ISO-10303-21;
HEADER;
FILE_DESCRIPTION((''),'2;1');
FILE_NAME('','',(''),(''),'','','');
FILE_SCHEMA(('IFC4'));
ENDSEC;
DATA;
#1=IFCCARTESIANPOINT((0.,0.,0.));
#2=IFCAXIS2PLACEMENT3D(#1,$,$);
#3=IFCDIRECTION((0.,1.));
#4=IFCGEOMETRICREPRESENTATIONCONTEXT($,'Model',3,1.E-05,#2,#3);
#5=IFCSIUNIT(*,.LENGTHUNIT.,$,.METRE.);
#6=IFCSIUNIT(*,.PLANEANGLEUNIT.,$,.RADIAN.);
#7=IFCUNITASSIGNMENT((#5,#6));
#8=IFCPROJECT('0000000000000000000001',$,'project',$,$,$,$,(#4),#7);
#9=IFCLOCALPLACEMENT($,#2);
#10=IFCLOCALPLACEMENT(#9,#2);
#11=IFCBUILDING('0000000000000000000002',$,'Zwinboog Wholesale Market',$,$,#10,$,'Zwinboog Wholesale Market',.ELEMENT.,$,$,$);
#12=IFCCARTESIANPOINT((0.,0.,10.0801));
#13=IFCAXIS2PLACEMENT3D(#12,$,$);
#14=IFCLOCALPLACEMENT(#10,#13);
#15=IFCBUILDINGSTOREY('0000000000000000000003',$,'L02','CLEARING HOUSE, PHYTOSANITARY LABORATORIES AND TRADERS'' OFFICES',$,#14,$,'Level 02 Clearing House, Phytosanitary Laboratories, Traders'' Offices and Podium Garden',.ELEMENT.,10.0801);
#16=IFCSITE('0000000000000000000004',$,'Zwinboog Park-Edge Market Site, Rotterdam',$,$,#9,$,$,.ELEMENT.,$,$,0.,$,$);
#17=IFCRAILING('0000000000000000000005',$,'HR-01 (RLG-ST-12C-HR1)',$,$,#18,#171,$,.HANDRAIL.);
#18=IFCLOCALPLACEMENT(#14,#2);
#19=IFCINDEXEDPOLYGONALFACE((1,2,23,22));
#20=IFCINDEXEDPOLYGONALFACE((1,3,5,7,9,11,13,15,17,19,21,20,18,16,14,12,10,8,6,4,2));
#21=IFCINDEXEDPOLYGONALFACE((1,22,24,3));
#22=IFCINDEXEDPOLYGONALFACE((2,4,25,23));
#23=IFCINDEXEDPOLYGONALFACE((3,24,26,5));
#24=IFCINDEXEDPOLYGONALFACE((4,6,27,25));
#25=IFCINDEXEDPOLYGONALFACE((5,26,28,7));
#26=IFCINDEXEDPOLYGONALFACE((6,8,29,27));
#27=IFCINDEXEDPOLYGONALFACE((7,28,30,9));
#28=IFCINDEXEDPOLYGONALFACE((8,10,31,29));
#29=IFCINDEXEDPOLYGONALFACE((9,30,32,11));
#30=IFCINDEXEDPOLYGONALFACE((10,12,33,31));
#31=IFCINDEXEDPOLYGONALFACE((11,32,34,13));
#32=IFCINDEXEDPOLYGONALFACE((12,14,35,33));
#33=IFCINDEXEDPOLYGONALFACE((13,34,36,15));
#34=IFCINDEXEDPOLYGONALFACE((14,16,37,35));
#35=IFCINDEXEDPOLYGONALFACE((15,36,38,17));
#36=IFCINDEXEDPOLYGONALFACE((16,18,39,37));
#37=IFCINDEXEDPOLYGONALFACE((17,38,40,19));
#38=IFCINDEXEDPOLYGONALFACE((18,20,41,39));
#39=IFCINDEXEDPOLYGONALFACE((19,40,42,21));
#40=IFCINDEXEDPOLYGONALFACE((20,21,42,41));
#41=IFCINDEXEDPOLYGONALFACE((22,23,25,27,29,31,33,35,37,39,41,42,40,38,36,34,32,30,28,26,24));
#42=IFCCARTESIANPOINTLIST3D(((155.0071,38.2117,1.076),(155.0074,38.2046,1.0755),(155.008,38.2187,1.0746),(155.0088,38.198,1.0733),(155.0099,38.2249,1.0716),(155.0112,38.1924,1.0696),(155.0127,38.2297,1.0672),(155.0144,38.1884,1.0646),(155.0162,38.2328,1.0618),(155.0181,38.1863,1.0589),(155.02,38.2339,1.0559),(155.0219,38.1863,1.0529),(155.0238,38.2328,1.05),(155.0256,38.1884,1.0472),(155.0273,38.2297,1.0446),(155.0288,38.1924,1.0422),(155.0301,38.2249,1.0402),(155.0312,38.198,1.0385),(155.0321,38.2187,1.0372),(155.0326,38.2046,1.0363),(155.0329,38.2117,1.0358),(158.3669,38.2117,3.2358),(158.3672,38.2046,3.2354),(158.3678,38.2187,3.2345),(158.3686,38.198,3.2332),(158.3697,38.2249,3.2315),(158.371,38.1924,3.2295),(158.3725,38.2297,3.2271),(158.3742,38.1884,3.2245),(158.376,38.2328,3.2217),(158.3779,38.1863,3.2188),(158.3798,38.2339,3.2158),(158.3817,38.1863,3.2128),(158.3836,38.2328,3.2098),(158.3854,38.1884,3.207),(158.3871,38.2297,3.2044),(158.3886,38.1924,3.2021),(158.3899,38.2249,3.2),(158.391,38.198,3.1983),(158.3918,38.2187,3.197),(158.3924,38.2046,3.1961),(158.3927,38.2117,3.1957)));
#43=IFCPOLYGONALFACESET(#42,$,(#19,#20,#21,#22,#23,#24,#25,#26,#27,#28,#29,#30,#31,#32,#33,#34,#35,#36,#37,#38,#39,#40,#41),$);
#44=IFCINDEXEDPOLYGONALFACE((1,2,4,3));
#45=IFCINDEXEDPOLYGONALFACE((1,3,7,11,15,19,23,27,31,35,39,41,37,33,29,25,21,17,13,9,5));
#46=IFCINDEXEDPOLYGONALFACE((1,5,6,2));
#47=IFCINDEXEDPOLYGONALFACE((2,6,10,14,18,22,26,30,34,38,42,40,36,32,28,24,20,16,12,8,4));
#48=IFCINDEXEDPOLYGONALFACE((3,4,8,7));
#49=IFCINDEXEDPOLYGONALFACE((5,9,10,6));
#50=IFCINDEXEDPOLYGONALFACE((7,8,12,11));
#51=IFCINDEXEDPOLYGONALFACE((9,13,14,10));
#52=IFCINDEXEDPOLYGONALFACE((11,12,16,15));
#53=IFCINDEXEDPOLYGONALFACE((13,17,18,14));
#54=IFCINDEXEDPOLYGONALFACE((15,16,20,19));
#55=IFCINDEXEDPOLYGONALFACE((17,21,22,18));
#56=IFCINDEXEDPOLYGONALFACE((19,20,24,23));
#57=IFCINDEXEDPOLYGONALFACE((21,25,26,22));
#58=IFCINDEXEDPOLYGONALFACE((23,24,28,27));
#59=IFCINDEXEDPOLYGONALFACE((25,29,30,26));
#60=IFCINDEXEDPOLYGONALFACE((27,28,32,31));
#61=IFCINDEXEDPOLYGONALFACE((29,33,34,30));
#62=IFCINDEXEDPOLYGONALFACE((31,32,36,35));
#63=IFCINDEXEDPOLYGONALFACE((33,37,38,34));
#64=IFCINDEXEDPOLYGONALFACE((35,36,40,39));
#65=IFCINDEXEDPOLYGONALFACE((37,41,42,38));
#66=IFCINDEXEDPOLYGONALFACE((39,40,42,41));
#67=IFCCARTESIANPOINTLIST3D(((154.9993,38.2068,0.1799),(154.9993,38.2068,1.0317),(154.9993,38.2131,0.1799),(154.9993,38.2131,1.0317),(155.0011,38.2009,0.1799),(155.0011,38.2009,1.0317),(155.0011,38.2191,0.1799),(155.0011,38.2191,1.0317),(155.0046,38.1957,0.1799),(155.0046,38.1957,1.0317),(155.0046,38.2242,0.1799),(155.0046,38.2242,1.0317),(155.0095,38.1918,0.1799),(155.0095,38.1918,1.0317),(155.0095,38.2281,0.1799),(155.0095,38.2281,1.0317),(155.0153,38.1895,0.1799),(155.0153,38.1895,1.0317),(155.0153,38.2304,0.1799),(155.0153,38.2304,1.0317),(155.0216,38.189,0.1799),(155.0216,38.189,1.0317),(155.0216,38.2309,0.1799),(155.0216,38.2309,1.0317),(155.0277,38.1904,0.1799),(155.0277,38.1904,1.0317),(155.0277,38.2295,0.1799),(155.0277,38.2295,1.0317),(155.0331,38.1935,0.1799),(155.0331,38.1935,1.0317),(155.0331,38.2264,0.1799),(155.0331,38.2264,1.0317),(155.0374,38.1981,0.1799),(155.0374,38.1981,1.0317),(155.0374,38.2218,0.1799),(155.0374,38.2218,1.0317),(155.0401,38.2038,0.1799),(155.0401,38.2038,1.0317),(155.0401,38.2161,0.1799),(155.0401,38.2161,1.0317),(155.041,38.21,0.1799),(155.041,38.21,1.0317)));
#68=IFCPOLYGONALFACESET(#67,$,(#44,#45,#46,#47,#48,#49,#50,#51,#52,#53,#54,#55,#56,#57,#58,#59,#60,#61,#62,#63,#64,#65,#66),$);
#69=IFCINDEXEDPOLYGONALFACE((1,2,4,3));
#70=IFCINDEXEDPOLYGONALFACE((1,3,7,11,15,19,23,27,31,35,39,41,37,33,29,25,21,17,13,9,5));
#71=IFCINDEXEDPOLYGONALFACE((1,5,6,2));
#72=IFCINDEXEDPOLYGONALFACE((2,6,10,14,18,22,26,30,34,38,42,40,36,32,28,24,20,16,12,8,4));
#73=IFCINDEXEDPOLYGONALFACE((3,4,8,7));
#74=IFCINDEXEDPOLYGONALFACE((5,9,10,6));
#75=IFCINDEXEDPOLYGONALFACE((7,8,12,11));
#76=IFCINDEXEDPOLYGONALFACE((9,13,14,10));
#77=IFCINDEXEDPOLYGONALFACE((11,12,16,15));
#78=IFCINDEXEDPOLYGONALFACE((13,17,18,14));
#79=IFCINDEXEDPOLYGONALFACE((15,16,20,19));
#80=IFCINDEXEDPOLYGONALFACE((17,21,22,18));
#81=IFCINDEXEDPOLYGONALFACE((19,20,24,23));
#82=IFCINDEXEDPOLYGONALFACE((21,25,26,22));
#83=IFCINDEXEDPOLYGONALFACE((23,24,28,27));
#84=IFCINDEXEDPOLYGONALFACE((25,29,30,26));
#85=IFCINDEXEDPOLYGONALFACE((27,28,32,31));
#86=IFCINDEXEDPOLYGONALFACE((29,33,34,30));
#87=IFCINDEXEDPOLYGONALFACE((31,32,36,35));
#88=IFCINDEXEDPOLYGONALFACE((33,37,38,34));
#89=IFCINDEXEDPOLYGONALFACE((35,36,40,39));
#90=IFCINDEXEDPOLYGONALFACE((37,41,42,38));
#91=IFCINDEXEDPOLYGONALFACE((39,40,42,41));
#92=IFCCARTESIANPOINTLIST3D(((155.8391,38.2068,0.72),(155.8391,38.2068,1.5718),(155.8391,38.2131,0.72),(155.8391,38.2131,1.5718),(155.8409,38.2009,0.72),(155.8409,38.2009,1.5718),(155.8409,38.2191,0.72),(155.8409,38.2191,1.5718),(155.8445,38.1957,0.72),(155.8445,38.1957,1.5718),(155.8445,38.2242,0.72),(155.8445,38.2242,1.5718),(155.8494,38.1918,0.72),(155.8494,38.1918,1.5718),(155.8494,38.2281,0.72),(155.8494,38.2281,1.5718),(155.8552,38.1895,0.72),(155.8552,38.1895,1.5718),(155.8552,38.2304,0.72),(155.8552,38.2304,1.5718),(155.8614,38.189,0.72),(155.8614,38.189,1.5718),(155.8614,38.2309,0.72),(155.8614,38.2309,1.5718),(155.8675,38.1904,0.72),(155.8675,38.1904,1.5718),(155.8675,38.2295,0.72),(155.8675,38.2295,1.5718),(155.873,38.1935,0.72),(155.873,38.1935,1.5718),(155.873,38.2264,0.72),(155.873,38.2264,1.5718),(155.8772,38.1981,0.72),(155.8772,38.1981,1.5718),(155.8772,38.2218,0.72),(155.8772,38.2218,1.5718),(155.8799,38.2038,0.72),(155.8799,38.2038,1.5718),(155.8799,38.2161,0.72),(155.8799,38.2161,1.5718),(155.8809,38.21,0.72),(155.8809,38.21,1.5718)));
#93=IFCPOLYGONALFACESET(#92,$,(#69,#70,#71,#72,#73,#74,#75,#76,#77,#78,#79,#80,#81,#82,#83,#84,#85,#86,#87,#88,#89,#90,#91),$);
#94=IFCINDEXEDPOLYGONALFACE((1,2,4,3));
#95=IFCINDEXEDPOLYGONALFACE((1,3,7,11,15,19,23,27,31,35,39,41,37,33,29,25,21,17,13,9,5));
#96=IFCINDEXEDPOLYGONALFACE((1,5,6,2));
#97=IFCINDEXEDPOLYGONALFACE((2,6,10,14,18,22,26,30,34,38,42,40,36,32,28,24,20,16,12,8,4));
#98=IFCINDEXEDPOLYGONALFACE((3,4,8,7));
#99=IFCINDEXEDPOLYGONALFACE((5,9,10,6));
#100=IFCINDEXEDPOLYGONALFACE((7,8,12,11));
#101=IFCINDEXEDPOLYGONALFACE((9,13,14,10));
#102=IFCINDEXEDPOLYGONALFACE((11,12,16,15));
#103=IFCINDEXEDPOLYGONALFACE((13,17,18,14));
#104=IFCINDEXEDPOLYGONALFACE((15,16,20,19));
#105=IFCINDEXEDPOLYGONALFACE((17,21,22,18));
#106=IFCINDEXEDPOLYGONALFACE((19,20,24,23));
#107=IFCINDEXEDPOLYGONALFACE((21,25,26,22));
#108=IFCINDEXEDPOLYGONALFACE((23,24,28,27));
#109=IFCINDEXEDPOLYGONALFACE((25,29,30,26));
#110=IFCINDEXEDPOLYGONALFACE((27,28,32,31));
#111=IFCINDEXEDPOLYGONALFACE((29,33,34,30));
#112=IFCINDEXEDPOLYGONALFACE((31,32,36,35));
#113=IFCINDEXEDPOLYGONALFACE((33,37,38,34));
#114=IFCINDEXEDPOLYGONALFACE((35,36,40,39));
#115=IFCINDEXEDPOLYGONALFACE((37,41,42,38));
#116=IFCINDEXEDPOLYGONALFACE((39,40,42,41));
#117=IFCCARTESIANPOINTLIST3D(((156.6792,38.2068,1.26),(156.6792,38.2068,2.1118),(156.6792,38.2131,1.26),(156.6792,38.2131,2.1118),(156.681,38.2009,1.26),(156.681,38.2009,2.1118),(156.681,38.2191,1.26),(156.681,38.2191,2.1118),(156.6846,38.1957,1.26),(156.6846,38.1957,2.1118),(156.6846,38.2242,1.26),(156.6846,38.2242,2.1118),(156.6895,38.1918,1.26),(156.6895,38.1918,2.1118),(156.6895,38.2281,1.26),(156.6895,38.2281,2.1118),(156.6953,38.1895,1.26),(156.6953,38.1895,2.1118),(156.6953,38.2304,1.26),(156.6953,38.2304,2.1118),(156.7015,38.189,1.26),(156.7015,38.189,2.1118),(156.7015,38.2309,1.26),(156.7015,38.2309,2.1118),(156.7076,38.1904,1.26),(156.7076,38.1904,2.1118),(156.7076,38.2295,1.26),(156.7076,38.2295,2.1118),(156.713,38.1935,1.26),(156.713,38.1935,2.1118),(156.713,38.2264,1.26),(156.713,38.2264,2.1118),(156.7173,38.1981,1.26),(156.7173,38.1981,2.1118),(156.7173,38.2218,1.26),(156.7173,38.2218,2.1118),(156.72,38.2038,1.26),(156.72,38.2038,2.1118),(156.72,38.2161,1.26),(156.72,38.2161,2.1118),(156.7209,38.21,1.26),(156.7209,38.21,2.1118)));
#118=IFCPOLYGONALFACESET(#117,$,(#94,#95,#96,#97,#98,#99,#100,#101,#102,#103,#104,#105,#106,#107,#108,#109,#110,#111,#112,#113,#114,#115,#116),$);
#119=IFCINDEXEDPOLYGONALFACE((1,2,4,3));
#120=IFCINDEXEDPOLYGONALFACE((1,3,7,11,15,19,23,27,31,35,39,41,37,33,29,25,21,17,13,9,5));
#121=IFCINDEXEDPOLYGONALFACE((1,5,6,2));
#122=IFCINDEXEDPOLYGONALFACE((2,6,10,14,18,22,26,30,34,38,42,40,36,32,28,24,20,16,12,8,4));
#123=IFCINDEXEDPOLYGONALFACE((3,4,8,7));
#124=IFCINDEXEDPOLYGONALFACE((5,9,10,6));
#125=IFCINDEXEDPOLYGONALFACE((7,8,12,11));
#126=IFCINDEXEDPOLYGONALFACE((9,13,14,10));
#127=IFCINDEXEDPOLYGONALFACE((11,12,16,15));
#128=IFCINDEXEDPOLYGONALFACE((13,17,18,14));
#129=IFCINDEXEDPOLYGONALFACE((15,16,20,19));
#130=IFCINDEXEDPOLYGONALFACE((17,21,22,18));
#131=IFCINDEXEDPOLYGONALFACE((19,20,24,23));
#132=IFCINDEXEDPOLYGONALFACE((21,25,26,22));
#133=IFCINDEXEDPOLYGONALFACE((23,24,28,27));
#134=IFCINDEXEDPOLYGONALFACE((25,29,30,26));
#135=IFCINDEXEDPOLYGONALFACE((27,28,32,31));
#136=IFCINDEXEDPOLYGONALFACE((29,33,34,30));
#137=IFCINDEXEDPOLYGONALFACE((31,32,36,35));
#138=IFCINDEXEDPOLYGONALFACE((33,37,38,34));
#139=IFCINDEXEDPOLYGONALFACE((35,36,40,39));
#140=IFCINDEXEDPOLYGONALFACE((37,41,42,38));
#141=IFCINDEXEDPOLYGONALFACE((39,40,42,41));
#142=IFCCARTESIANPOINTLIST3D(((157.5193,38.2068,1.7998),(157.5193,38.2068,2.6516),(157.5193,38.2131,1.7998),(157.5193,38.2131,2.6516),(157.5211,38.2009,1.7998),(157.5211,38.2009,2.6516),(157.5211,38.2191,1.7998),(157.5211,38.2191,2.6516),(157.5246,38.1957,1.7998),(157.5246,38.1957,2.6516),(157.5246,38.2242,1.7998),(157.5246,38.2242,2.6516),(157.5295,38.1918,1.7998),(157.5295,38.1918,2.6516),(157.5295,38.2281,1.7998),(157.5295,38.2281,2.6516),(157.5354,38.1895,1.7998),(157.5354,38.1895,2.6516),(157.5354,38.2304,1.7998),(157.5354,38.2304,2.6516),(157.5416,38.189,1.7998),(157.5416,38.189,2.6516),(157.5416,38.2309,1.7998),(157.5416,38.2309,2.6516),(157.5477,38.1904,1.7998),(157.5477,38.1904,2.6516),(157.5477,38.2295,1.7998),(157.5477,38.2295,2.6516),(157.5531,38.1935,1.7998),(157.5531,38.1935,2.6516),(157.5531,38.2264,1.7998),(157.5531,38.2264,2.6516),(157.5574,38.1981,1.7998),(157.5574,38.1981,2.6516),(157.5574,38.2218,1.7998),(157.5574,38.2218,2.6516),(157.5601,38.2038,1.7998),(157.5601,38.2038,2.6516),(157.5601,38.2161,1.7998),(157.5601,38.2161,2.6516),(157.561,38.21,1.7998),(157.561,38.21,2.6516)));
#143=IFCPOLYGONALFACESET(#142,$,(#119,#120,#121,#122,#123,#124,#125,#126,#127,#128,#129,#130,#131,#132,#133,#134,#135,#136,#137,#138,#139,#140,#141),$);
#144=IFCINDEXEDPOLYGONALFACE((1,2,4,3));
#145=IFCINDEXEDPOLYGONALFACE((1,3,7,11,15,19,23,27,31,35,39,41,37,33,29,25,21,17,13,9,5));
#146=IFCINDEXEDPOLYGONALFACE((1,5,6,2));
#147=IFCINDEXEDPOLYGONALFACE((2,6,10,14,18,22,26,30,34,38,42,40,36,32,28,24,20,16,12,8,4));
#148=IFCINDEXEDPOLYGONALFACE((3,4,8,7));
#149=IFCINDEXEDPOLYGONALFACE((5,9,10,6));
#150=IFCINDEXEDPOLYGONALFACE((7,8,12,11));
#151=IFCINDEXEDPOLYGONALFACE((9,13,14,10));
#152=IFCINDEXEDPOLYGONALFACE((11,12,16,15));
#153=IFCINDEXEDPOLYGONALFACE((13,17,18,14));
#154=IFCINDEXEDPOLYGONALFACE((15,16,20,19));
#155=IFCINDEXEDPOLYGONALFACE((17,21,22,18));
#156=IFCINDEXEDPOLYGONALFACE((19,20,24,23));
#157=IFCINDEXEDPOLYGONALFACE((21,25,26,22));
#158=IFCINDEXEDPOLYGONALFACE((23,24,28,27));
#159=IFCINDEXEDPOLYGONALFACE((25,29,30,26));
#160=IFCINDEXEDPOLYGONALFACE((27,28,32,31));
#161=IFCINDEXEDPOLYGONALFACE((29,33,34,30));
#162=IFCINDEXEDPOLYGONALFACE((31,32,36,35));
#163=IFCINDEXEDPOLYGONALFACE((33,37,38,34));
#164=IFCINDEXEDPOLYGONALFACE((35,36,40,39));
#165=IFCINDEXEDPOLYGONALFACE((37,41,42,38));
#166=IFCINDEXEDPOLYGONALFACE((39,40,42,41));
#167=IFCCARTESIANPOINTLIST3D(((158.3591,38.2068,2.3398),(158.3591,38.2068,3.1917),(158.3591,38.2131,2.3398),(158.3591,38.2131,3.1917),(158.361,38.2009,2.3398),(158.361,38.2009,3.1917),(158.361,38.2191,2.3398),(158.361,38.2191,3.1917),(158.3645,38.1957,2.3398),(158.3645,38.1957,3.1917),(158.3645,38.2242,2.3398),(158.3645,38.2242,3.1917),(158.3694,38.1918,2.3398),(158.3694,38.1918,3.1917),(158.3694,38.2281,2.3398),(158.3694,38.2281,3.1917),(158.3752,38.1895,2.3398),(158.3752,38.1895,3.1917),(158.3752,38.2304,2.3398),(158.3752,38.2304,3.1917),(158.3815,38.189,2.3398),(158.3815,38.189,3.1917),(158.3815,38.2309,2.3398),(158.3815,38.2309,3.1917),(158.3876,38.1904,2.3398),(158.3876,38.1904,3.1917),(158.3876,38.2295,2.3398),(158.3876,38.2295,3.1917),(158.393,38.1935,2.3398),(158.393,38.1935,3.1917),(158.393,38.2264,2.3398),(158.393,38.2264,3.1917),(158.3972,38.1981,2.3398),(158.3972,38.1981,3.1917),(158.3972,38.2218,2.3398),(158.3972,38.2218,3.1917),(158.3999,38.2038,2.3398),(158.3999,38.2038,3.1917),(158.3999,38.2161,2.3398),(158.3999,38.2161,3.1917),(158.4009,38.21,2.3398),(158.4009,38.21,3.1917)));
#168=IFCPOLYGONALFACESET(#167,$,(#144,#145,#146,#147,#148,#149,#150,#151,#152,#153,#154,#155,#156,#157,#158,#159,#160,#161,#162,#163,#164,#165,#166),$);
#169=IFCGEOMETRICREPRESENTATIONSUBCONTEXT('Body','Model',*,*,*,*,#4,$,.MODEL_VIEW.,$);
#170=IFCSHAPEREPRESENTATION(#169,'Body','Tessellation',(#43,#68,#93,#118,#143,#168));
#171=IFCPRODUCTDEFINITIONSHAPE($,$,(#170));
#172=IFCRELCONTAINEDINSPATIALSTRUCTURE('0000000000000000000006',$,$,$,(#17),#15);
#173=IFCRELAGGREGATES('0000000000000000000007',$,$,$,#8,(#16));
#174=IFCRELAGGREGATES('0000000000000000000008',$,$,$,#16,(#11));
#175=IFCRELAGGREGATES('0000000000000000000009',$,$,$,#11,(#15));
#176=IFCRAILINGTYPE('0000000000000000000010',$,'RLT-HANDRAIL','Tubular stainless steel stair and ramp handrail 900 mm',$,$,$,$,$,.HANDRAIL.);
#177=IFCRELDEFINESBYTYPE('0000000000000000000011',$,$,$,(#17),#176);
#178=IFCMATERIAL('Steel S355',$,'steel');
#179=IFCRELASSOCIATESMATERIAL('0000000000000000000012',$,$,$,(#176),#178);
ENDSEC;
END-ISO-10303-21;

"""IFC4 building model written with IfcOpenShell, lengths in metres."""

from ifc_helpers import new_model, si_unit, direction, frame, origin, origin_2d, place, context, subcontext, project, spatial, circle, extrude, material, type_object, element, save


model = new_model("IFC4")

# Units and contexts
model_context = context("Model", 3, precision=1e-05, world=origin(), true_north=direction((0.0, 1.0)))
body_context = subcontext(model_context, "Body", "Model", "MODEL_VIEW")
ifc_project = project(units=[si_unit("LENGTHUNIT", "METRE"), si_unit("PLANEANGLEUNIT", "RADIAN")], contexts=[model_context])

# Site, building, storey
site_placement = place(None, origin())
site = spatial("IfcSite", under=ifc_project, at=site_placement, Name="Zwinboog Park-Edge Market Site, Rotterdam", CompositionType="ELEMENT", RefElevation=0.0)
building_placement = place(site_placement, origin())
building = spatial("IfcBuilding", under=site, at=building_placement, Name="Zwinboog Wholesale Market", LongName="Zwinboog Wholesale Market", CompositionType="ELEMENT")
storey_placement = place(building_placement, frame((0.0, 0.0, 10.0801)))
storey = spatial("IfcBuildingStorey", under=building, at=storey_placement, Name="L02", Description="CLEARING HOUSE, PHYTOSANITARY LABORATORIES AND TRADERS' OFFICES", LongName="Level 02 Clearing House, Phytosanitary Laboratories, Traders' Offices and Podium Garden", CompositionType="ELEMENT", Elevation=10.0801)

# Shared definitions
ifc_material_1 = material(Name="Steel S355", Category="steel")

# Railing
railing_type_1 = type_object("IfcRailingType", Name="RLT-HANDRAIL", Description="Tubular stainless steel stair and ramp handrail 900 mm", PredefinedType="HANDRAIL", material=ifc_material_1)
railing_1_placement = place(storey_placement, frame((155.02, 38.21, 0.1799)))
element("IfcRailing", 1, at=railing_1_placement, inside=storey, type_object=railing_type_1, Name="HR-01 (RLG-ST-12C-HR1)", PredefinedType="HANDRAIL", context=body_context, shape_type="SweptSolid", body=[
    extrude(circle(Radius=0.0239, at=origin_2d()), frame((0.0, 0.0, 0.876), z_axis=(0.841178, 0.0, 0.540758), x_axis=(0.0, 1.0, 0.0)), (0.0, 0.0, 1.0), 3.9941),
    extrude(circle(Radius=0.021, at=origin_2d()), origin(), (0.0, 0.0, 1.0), 0.8518),
    extrude(circle(Radius=0.021, at=origin_2d()), frame((0.8398, 0.0, 0.54)), (0.0, 0.0, 1.0), 0.8518),
    extrude(circle(Radius=0.021, at=origin_2d()), frame((1.6799, 0.0, 1.0801)), (0.0, 0.0, 1.0), 0.8518),
    extrude(circle(Radius=0.021, at=origin_2d()), frame((2.52, 0.0, 1.6199)), (0.0, 0.0, 1.0), 0.8518),
    extrude(circle(Radius=0.021, at=origin_2d()), frame((3.3599, 0.0, 2.1599)), (0.0, 0.0, 1.0), 0.8518),
])

save(model, "model.ifc")
